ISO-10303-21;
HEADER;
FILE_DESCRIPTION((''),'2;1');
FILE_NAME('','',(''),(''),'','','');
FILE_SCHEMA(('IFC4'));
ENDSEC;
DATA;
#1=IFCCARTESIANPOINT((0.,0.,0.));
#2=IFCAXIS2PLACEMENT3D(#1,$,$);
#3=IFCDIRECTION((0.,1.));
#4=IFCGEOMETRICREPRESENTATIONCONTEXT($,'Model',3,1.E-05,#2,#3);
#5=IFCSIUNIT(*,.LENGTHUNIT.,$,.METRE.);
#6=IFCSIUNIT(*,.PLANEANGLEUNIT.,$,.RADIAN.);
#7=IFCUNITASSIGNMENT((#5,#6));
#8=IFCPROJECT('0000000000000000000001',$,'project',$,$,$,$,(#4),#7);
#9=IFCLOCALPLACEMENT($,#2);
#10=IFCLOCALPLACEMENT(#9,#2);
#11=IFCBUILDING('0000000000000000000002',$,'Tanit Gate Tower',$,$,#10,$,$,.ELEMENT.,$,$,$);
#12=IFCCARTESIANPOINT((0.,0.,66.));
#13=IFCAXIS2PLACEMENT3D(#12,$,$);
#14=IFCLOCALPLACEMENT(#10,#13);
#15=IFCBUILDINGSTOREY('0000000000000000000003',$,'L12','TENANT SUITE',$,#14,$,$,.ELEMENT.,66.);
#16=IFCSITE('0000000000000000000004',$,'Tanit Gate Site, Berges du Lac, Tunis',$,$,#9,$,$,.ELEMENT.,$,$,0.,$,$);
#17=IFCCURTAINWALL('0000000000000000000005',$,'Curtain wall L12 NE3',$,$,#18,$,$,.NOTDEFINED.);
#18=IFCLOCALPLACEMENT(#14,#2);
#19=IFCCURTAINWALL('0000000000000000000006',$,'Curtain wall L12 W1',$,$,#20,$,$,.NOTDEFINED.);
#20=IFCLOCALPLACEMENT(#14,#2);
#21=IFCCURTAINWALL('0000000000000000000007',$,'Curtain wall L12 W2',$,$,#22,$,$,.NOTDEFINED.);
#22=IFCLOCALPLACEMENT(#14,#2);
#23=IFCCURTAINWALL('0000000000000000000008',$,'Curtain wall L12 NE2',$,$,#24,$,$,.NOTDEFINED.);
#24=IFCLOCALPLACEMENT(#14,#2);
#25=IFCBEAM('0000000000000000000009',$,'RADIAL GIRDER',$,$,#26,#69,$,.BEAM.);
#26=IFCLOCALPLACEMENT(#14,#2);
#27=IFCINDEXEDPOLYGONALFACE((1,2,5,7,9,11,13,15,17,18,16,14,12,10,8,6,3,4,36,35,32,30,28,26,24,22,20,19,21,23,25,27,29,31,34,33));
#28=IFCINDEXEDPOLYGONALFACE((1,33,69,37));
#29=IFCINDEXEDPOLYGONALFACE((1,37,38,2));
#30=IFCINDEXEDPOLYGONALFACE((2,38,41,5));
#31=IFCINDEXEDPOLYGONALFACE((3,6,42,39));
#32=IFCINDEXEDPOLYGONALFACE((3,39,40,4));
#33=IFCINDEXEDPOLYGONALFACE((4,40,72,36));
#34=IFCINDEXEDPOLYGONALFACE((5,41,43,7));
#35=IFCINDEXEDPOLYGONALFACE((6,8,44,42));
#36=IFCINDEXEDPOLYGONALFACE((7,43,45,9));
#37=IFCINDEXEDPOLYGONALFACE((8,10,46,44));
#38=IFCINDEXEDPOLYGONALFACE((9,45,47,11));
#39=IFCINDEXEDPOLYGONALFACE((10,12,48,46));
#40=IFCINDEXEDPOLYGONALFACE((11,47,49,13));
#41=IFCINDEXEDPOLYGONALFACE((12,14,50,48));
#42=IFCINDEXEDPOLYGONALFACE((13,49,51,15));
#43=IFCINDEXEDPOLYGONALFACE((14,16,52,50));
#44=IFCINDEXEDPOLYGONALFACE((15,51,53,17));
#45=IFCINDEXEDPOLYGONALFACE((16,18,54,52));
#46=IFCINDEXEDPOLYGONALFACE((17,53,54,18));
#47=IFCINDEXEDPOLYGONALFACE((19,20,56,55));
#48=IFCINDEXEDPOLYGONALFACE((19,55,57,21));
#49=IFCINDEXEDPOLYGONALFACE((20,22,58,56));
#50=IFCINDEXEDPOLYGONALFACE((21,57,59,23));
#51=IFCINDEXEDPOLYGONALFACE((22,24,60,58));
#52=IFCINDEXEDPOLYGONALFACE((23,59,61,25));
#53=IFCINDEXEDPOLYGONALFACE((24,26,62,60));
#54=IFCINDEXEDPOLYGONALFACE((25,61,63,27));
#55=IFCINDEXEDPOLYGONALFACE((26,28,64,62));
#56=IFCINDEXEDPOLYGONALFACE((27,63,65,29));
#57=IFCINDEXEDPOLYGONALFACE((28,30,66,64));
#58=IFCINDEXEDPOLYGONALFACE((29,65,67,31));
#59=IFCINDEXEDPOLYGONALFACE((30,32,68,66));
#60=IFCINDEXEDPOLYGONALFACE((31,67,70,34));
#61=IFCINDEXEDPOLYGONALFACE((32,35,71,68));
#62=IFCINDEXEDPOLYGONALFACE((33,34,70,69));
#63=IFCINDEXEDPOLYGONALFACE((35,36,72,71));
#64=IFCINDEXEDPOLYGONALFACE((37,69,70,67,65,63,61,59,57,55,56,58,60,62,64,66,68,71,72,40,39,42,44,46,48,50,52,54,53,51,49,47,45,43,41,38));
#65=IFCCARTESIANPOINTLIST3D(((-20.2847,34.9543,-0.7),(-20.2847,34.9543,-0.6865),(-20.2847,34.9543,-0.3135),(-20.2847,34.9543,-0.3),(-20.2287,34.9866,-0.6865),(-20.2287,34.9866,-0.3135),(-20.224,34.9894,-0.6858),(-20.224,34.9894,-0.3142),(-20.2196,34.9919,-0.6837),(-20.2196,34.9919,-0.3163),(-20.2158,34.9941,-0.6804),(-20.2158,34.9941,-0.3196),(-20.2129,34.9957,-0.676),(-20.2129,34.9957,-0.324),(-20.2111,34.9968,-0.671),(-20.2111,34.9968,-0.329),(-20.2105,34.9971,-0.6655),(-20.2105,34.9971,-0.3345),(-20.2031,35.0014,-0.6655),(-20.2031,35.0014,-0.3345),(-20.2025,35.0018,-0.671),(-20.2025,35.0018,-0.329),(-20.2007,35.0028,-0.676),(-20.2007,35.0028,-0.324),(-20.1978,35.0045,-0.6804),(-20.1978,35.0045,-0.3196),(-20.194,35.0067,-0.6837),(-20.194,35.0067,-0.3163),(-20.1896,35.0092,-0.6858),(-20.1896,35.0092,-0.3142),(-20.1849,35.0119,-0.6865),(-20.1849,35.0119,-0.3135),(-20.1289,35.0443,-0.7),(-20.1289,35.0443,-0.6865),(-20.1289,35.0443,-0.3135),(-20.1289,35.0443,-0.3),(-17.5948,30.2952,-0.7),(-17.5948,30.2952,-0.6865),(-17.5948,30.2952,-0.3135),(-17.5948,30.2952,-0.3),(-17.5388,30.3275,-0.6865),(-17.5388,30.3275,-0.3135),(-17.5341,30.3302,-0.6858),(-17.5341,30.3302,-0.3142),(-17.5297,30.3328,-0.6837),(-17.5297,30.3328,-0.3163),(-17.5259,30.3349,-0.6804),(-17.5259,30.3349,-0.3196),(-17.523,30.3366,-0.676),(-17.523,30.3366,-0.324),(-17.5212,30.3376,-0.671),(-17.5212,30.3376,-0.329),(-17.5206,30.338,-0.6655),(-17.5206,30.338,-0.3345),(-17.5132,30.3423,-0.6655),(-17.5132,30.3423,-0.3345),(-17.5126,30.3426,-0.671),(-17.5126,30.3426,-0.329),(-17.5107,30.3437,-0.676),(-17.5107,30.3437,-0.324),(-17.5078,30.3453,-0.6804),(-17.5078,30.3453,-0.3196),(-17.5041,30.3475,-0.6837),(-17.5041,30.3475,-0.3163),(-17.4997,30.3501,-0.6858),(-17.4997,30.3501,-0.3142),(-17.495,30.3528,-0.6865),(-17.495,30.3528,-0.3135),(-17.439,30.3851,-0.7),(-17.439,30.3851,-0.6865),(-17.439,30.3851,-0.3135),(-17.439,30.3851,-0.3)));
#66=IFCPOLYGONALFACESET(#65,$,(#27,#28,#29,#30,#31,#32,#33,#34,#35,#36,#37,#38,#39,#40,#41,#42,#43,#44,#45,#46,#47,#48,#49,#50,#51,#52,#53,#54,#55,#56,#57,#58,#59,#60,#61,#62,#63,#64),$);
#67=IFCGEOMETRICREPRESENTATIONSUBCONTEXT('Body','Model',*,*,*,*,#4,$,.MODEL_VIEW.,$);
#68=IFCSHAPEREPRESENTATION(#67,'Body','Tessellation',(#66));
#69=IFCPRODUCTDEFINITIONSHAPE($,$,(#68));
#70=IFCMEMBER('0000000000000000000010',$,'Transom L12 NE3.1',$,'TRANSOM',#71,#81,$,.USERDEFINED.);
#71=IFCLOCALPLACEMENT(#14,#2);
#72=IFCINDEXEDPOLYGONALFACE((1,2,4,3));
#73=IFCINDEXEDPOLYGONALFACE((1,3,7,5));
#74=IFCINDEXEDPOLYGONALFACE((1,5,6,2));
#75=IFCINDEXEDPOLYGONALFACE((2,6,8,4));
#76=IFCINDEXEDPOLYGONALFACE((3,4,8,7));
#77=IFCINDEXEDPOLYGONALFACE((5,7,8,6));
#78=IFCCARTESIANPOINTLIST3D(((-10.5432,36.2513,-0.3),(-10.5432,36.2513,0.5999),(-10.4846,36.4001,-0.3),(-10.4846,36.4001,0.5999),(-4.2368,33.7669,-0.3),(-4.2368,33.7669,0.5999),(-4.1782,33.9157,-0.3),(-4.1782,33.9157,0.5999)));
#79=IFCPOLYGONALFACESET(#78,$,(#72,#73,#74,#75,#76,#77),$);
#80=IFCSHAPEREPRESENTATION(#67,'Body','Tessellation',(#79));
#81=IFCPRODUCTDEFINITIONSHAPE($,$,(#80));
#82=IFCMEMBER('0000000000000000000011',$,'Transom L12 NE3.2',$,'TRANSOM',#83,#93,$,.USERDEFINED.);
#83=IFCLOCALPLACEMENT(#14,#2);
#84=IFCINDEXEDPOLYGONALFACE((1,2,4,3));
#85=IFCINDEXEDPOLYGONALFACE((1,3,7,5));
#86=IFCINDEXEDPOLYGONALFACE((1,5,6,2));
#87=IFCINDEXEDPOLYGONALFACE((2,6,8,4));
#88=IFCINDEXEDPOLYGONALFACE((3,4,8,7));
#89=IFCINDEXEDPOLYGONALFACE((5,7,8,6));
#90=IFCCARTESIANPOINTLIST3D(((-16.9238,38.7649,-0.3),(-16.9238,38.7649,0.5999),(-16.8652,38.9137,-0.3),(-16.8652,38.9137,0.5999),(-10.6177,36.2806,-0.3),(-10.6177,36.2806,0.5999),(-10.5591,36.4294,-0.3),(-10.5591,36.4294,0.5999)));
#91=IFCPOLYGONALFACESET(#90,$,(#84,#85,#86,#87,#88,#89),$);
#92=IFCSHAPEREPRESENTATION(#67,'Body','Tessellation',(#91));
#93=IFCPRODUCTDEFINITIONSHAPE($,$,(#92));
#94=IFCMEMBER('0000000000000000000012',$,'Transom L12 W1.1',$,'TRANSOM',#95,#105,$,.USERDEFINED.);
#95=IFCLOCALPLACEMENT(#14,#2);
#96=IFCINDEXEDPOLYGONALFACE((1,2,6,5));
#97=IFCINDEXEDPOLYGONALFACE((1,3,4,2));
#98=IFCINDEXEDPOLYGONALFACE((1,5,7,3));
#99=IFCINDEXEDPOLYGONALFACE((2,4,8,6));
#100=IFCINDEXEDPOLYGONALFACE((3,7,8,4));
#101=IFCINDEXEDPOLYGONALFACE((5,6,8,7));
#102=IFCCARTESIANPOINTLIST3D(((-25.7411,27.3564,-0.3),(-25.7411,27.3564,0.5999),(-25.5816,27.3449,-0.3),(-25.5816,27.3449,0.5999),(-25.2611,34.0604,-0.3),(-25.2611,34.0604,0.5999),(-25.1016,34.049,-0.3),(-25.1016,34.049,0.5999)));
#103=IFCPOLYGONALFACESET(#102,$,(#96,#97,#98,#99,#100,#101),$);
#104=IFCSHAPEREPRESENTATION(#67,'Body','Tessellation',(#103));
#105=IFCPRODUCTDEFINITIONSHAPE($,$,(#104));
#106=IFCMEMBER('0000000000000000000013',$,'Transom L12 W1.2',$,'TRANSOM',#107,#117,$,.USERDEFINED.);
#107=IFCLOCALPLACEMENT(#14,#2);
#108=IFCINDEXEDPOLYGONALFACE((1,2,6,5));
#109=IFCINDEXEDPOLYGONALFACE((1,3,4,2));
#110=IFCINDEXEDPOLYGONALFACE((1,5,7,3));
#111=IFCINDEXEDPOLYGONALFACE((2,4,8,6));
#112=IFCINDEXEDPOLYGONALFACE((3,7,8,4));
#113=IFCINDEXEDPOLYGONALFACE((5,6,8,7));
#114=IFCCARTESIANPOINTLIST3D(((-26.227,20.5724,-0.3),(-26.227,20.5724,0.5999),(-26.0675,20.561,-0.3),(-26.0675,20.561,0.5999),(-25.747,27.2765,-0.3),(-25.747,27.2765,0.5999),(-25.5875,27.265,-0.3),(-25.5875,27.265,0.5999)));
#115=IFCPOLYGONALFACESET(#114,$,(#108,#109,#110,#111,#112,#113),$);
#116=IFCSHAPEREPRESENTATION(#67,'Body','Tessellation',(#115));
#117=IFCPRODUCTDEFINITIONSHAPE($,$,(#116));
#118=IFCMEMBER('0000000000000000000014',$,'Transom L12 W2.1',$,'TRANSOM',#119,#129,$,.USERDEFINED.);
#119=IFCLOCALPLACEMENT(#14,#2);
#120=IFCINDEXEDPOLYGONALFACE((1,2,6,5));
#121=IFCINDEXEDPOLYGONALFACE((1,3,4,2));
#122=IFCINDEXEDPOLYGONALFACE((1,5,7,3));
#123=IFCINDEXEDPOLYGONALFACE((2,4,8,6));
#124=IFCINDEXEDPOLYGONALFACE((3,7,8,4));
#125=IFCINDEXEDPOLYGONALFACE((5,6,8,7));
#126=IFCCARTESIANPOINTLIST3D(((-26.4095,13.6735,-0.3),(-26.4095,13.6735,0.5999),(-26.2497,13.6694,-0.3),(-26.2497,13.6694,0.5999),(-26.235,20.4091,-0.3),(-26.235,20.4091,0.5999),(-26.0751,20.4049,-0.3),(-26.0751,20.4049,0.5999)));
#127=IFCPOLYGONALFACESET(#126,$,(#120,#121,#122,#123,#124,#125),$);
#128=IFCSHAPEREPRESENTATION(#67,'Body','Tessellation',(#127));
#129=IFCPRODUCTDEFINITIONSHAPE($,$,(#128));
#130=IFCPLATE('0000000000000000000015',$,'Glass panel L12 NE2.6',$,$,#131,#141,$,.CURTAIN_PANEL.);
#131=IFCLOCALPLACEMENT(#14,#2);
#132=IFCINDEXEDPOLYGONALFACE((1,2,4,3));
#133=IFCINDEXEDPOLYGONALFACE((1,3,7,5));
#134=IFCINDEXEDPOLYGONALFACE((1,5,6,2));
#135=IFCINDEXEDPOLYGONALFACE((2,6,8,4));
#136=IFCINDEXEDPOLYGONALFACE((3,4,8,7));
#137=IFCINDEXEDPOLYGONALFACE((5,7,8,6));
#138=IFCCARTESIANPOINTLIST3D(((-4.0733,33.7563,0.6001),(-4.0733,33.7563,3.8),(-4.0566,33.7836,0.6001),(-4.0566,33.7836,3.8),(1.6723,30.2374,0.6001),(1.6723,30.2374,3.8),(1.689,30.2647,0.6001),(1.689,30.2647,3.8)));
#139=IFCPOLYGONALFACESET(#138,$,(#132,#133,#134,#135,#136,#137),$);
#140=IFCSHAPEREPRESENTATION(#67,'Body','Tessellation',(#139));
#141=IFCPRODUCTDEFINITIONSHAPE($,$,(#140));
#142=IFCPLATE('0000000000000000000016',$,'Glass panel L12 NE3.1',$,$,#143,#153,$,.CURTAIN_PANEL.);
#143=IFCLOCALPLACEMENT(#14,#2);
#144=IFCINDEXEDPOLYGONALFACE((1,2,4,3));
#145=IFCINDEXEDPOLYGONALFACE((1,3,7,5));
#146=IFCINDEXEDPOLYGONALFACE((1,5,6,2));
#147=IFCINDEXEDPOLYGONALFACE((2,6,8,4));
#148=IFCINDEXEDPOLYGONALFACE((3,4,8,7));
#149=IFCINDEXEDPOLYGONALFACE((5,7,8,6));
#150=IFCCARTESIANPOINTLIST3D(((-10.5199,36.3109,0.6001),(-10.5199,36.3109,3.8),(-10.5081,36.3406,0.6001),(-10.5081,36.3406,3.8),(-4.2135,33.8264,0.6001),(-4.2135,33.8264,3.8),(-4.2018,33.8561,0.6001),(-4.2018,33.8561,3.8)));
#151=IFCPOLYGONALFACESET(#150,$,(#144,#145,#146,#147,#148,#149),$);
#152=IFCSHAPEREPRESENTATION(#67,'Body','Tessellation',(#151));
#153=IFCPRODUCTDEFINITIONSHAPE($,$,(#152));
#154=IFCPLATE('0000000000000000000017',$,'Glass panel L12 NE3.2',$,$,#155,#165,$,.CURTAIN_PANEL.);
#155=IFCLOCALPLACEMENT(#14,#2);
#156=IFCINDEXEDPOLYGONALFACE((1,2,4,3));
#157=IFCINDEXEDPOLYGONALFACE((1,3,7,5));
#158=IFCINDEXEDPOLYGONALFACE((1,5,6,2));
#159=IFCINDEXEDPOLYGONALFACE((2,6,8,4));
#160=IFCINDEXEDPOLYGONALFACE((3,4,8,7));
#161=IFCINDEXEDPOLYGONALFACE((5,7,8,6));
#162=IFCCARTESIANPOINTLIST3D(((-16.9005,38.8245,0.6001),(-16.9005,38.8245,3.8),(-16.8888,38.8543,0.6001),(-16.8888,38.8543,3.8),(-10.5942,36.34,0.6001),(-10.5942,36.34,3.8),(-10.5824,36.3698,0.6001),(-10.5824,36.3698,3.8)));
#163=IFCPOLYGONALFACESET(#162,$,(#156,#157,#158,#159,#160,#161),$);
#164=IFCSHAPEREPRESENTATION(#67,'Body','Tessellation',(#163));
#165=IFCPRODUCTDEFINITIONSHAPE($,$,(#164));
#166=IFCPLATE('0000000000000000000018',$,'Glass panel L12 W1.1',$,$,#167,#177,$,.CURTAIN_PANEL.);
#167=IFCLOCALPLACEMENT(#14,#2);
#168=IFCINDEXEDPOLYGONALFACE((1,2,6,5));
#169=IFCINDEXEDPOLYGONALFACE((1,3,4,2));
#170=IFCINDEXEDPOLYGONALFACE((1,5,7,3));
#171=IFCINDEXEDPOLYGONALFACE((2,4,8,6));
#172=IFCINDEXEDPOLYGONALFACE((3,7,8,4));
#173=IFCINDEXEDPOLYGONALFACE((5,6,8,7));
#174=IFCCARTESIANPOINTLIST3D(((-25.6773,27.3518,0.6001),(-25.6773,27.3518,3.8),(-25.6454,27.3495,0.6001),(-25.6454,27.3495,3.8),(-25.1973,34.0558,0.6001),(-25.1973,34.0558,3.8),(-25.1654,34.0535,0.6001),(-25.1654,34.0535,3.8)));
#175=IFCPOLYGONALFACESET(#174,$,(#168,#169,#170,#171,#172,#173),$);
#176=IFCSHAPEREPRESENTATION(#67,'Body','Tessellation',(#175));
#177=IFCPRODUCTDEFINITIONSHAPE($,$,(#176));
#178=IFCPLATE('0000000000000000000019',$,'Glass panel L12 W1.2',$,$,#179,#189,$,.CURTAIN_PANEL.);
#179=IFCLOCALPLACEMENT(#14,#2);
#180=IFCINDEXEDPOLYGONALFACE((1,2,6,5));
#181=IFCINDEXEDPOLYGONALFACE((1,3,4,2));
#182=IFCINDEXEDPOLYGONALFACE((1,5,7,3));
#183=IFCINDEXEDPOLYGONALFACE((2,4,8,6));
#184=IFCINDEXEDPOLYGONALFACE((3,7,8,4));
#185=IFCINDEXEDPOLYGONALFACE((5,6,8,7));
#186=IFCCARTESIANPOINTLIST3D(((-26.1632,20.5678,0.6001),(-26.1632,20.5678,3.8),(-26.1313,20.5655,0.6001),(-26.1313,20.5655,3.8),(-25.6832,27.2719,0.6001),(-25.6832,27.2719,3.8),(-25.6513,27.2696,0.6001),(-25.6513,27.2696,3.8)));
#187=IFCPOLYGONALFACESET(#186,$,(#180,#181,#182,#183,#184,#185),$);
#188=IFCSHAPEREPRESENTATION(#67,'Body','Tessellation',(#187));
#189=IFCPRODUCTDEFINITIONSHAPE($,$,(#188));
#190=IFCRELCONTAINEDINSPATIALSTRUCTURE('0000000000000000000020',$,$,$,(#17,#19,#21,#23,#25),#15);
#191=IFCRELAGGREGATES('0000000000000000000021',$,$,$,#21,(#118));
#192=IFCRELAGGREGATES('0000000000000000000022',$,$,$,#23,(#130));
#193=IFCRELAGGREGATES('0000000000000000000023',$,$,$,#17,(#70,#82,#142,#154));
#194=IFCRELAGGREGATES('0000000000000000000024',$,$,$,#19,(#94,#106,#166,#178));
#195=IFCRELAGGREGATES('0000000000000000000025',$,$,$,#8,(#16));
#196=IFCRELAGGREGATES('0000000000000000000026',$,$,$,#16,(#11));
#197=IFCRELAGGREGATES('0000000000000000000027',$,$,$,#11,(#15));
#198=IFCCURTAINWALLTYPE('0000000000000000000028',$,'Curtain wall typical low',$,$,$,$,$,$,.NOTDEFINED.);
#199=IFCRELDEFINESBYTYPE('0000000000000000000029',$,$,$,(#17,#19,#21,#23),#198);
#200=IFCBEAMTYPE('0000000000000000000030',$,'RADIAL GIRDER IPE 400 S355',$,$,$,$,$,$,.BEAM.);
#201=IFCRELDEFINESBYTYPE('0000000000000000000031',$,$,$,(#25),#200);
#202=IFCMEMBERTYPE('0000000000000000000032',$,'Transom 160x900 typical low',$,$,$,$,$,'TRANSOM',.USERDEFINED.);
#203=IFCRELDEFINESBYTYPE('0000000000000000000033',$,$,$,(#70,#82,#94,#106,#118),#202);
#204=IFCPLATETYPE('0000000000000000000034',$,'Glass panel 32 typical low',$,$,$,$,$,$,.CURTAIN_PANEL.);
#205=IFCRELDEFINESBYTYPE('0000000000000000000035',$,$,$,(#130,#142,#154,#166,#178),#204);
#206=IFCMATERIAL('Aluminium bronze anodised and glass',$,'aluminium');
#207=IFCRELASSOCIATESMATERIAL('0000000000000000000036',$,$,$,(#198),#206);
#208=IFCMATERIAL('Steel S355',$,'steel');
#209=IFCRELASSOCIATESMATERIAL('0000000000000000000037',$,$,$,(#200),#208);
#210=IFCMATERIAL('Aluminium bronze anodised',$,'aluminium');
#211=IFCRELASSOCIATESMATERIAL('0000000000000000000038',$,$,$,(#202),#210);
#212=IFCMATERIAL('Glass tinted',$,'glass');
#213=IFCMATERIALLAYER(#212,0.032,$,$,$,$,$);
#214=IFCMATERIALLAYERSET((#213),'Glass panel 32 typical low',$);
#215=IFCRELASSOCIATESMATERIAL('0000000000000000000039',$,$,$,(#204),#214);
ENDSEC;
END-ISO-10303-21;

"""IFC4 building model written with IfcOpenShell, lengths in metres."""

from ifc_helpers import new_model, si_unit, direction, frame, origin, origin_2d, place, context, subcontext, project, spatial, rectangle, i_section, extrude, material, layer, layer_set, material_profile, profile_set, type_object, element, aggregate, save


model = new_model("IFC4")

# Units and contexts
model_context = context("Model", 3, precision=1e-05, world=origin(), true_north=direction((0.0, 1.0)))
body_context = subcontext(model_context, "Body", "Model", "MODEL_VIEW")
ifc_project = project(units=[si_unit("LENGTHUNIT", "METRE"), si_unit("PLANEANGLEUNIT", "RADIAN")], contexts=[model_context])

# Site, building, storey
site_placement = place(None, origin())
site = spatial("IfcSite", under=ifc_project, at=site_placement, Name="Tanit Gate Site, Berges du Lac, Tunis", CompositionType="ELEMENT", RefElevation=0.0)
building_placement = place(site_placement, origin())
building = spatial("IfcBuilding", under=site, at=building_placement, Name="Tanit Gate Tower", CompositionType="ELEMENT")
storey_placement = place(building_placement, frame((0.0, 0.0, 66.0)))
storey = spatial("IfcBuildingStorey", under=building, at=storey_placement, Name="L12", Description="TENANT SUITE", CompositionType="ELEMENT", Elevation=66.0)

# Curtain wall
ifc_material_1 = material(Name="Aluminium bronze anodised and glass", Category="aluminium")
curtain_wall_type = type_object("IfcCurtainWallType", Name="Curtain wall typical low", PredefinedType="NOTDEFINED", material=ifc_material_1)
curtain_wall_1_placement = place(storey_placement, origin())
curtain_wall_1 = element("IfcCurtainWall", 1, at=curtain_wall_1_placement, inside=storey, type_object=curtain_wall_type, Name="Curtain wall L12 NE3", PredefinedType="NOTDEFINED")

# Curtain walls
curtain_wall_2_placement = place(storey_placement, origin())
curtain_wall_2 = element("IfcCurtainWall", 2, at=curtain_wall_2_placement, inside=storey, type_object=curtain_wall_type, Name="Curtain wall L12 W1", PredefinedType="NOTDEFINED")
curtain_wall_3_placement = place(storey_placement, origin())
curtain_wall_3 = element("IfcCurtainWall", 3, at=curtain_wall_3_placement, inside=storey, type_object=curtain_wall_type, Name="Curtain wall L12 W2", PredefinedType="NOTDEFINED")
curtain_wall_4_placement = place(storey_placement, origin())
curtain_wall_4 = element("IfcCurtainWall", 4, at=curtain_wall_4_placement, inside=storey, type_object=curtain_wall_type, Name="Curtain wall L12 NE2", PredefinedType="NOTDEFINED")

# Beam
ifc_material_2 = material(Name="Steel S355", Category="steel")
ifc_material_profile_1 = material_profile(ifc_material_2, i_section(OverallWidth=0.1799, OverallDepth=0.3999, WebThickness=0.0085, FlangeThickness=0.0134, FilletRadius=0.021, at=origin_2d()), Name="IPE 400")
ifc_profile_set_1 = profile_set([ifc_material_profile_1], Name="Steel S355")
beam_type_1 = type_object("IfcBeamType", Name="RADIAL GIRDER IPE 400 S355", PredefinedType="BEAM", material=ifc_profile_set_1)
beam_1_placement = place(storey_placement, frame((-20.2068, 34.9993, -0.5), z_axis=(0.499995, -0.866028, 0.0), x_axis=(0.866028, 0.499995, 0.0)))
element("IfcBeam", 5, at=beam_1_placement, inside=storey, type_object=beam_type_1, Name="RADIAL GIRDER", PredefinedType="BEAM", context=body_context, shape_type="SweptSolid", body=[
    extrude(i_section(OverallWidth=0.1799, OverallDepth=0.3999, WebThickness=0.0085, FlangeThickness=0.0134, FilletRadius=0.021, at=origin_2d()), origin(), (0.0, 0.0, 1.0), 5.3799),
])

# Members
ifc_material_3 = material(Name="Aluminium bronze anodised", Category="aluminium")
ifc_material_profile_2 = material_profile(ifc_material_3, rectangle(XDim=0.1599, YDim=0.8999, at=origin_2d()), Name="160x900 bronze transom")
ifc_profile_set_2 = profile_set([ifc_material_profile_2], Name="Aluminium bronze anodised")
member_type_1 = type_object("IfcMemberType", Name="Transom 160x900 typical low", ElementType="TRANSOM", PredefinedType="USERDEFINED", material=ifc_profile_set_2)
member_1_placement = place(storey_placement, frame((-4.2075, 33.8413, 0.1499), z_axis=(-0.930407, 0.366529, 0.0), x_axis=(-0.366529, -0.930407, 0.0)))
member_1 = element("IfcMember", 6, at=member_1_placement, type_object=member_type_1, Name="Transom L12 NE3.1", ObjectType="TRANSOM", PredefinedType="USERDEFINED", context=body_context, shape_type="SweptSolid", body=[
    extrude(rectangle(XDim=0.1599, YDim=0.8999, at=origin_2d()), origin(), (0.0, 0.0, 1.0), 6.7781),
])
member_2_placement = place(storey_placement, frame((-10.5884, 36.355, 0.1499), z_axis=(-0.930402, 0.366542, 0.0), x_axis=(-0.366542, -0.930402, 0.0)))
member_2 = element("IfcMember", 7, at=member_2_placement, type_object=member_type_1, Name="Transom L12 NE3.2", ObjectType="TRANSOM", PredefinedType="USERDEFINED", context=body_context, shape_type="SweptSolid", body=[
    extrude(rectangle(XDim=0.1599, YDim=0.8999, at=origin_2d()), origin(), (0.0, 0.0, 1.0), 6.7778),
])
member_3_placement = place(storey_placement, frame((-25.1814, 34.0547, 0.1499), z_axis=(-0.071412, -0.997447, 0.0), x_axis=(0.997447, -0.071412, 0.0)))
member_3 = element("IfcMember", 8, at=member_3_placement, type_object=member_type_1, Name="Transom L12 W1.1", ObjectType="TRANSOM", PredefinedType="USERDEFINED", context=body_context, shape_type="SweptSolid", body=[
    extrude(rectangle(XDim=0.1599, YDim=0.8999, at=origin_2d()), origin(), (0.0, 0.0, 1.0), 6.7212),
])
member_4_placement = place(storey_placement, frame((-25.6672, 27.2708, 0.1499), z_axis=(-0.071412, -0.997447, 0.0), x_axis=(0.997447, -0.071412, 0.0)))
member_4 = element("IfcMember", 9, at=member_4_placement, type_object=member_type_1, Name="Transom L12 W1.2", ObjectType="TRANSOM", PredefinedType="USERDEFINED", context=body_context, shape_type="SweptSolid", body=[
    extrude(rectangle(XDim=0.1599, YDim=0.8999, at=origin_2d()), origin(), (0.0, 0.0, 1.0), 6.7212),
])
member_5_placement = place(storey_placement, frame((-26.155, 20.407, 0.1499), z_axis=(-0.025907, -0.999664, 0.0), x_axis=(0.999664, -0.025907, 0.0)))
member_5 = element("IfcMember", 10, at=member_5_placement, type_object=member_type_1, Name="Transom L12 W2.1", ObjectType="TRANSOM", PredefinedType="USERDEFINED", context=body_context, shape_type="SweptSolid", body=[
    extrude(rectangle(XDim=0.1599, YDim=0.8999, at=origin_2d()), origin(), (0.0, 0.0, 1.0), 6.7378),
])
aggregate(curtain_wall_3, [member_5])

# Plates
ifc_material_4 = material(Name="Glass tinted", Category="glass")
ifc_layer_1 = layer(ifc_material_4, 0.032)
ifc_layer_set_1 = layer_set([ifc_layer_1], Name="Glass panel 32 typical low")
plate_type = type_object("IfcPlateType", Name="Glass panel 32 typical low", PredefinedType="CURTAIN_PANEL", material=ifc_layer_set_1)
plate_1_placement = place(storey_placement, frame((-1.1921, 32.0105, 0.6001), z_axis=(0.0, 0.0, 1.0), x_axis=(-0.852772, 0.522283, 0.0)))
plate_1 = element("IfcPlate", 11, at=plate_1_placement, type_object=plate_type, Name="Glass panel L12 NE2.6", PredefinedType="CURTAIN_PANEL", context=body_context, shape_type="SweptSolid", body=[
    extrude(rectangle(XDim=6.7375, YDim=0.032, at=origin_2d()), origin(), (0.0, 0.0, 1.0), 3.2),
])
aggregate(curtain_wall_4, [plate_1])
plate_2_placement = place(storey_placement, frame((-7.3608, 35.0835, 0.6001), z_axis=(0.0, 0.0, 1.0), x_axis=(-0.930399, 0.366548, 0.0)))
plate_2 = element("IfcPlate", 12, at=plate_2_placement, type_object=plate_type, Name="Glass panel L12 NE3.1", PredefinedType="CURTAIN_PANEL", context=body_context, shape_type="SweptSolid", body=[
    extrude(rectangle(XDim=6.7781, YDim=0.032, at=origin_2d()), origin(), (0.0, 0.0, 1.0), 3.2),
])
plate_3_placement = place(storey_placement, frame((-13.7415, 37.5972, 0.6001), z_axis=(0.0, 0.0, 1.0), x_axis=(-0.930399, 0.366548, 0.0)))
plate_3 = element("IfcPlate", 13, at=plate_3_placement, type_object=plate_type, Name="Glass panel L12 NE3.2", PredefinedType="CURTAIN_PANEL", context=body_context, shape_type="SweptSolid", body=[
    extrude(rectangle(XDim=6.7781, YDim=0.032, at=origin_2d()), origin(), (0.0, 0.0, 1.0), 3.2),
])
aggregate(curtain_wall_1, [member_1, member_2, plate_2, plate_3])
plate_4_placement = place(storey_placement, frame((-25.4214, 30.7026, 0.6001), z_axis=(0.0, 0.0, 1.0), x_axis=(-0.071419, -0.997446, 0.0)))
plate_4 = element("IfcPlate", 14, at=plate_4_placement, type_object=plate_type, Name="Glass panel L12 W1.1", PredefinedType="CURTAIN_PANEL", context=body_context, shape_type="SweptSolid", body=[
    extrude(rectangle(XDim=6.7212, YDim=0.032, at=origin_2d()), origin(), (0.0, 0.0, 1.0), 3.2),
])
plate_5_placement = place(storey_placement, frame((-25.9072, 23.9187, 0.6001), z_axis=(0.0, 0.0, 1.0), x_axis=(-0.071419, -0.997446, 0.0)))
plate_5 = element("IfcPlate", 15, at=plate_5_placement, type_object=plate_type, Name="Glass panel L12 W1.2", PredefinedType="CURTAIN_PANEL", context=body_context, shape_type="SweptSolid", body=[
    extrude(rectangle(XDim=6.7212, YDim=0.032, at=origin_2d()), origin(), (0.0, 0.0, 1.0), 3.2),
])
aggregate(curtain_wall_2, [member_3, member_4, plate_4, plate_5])

save(model, "model.ifc")
